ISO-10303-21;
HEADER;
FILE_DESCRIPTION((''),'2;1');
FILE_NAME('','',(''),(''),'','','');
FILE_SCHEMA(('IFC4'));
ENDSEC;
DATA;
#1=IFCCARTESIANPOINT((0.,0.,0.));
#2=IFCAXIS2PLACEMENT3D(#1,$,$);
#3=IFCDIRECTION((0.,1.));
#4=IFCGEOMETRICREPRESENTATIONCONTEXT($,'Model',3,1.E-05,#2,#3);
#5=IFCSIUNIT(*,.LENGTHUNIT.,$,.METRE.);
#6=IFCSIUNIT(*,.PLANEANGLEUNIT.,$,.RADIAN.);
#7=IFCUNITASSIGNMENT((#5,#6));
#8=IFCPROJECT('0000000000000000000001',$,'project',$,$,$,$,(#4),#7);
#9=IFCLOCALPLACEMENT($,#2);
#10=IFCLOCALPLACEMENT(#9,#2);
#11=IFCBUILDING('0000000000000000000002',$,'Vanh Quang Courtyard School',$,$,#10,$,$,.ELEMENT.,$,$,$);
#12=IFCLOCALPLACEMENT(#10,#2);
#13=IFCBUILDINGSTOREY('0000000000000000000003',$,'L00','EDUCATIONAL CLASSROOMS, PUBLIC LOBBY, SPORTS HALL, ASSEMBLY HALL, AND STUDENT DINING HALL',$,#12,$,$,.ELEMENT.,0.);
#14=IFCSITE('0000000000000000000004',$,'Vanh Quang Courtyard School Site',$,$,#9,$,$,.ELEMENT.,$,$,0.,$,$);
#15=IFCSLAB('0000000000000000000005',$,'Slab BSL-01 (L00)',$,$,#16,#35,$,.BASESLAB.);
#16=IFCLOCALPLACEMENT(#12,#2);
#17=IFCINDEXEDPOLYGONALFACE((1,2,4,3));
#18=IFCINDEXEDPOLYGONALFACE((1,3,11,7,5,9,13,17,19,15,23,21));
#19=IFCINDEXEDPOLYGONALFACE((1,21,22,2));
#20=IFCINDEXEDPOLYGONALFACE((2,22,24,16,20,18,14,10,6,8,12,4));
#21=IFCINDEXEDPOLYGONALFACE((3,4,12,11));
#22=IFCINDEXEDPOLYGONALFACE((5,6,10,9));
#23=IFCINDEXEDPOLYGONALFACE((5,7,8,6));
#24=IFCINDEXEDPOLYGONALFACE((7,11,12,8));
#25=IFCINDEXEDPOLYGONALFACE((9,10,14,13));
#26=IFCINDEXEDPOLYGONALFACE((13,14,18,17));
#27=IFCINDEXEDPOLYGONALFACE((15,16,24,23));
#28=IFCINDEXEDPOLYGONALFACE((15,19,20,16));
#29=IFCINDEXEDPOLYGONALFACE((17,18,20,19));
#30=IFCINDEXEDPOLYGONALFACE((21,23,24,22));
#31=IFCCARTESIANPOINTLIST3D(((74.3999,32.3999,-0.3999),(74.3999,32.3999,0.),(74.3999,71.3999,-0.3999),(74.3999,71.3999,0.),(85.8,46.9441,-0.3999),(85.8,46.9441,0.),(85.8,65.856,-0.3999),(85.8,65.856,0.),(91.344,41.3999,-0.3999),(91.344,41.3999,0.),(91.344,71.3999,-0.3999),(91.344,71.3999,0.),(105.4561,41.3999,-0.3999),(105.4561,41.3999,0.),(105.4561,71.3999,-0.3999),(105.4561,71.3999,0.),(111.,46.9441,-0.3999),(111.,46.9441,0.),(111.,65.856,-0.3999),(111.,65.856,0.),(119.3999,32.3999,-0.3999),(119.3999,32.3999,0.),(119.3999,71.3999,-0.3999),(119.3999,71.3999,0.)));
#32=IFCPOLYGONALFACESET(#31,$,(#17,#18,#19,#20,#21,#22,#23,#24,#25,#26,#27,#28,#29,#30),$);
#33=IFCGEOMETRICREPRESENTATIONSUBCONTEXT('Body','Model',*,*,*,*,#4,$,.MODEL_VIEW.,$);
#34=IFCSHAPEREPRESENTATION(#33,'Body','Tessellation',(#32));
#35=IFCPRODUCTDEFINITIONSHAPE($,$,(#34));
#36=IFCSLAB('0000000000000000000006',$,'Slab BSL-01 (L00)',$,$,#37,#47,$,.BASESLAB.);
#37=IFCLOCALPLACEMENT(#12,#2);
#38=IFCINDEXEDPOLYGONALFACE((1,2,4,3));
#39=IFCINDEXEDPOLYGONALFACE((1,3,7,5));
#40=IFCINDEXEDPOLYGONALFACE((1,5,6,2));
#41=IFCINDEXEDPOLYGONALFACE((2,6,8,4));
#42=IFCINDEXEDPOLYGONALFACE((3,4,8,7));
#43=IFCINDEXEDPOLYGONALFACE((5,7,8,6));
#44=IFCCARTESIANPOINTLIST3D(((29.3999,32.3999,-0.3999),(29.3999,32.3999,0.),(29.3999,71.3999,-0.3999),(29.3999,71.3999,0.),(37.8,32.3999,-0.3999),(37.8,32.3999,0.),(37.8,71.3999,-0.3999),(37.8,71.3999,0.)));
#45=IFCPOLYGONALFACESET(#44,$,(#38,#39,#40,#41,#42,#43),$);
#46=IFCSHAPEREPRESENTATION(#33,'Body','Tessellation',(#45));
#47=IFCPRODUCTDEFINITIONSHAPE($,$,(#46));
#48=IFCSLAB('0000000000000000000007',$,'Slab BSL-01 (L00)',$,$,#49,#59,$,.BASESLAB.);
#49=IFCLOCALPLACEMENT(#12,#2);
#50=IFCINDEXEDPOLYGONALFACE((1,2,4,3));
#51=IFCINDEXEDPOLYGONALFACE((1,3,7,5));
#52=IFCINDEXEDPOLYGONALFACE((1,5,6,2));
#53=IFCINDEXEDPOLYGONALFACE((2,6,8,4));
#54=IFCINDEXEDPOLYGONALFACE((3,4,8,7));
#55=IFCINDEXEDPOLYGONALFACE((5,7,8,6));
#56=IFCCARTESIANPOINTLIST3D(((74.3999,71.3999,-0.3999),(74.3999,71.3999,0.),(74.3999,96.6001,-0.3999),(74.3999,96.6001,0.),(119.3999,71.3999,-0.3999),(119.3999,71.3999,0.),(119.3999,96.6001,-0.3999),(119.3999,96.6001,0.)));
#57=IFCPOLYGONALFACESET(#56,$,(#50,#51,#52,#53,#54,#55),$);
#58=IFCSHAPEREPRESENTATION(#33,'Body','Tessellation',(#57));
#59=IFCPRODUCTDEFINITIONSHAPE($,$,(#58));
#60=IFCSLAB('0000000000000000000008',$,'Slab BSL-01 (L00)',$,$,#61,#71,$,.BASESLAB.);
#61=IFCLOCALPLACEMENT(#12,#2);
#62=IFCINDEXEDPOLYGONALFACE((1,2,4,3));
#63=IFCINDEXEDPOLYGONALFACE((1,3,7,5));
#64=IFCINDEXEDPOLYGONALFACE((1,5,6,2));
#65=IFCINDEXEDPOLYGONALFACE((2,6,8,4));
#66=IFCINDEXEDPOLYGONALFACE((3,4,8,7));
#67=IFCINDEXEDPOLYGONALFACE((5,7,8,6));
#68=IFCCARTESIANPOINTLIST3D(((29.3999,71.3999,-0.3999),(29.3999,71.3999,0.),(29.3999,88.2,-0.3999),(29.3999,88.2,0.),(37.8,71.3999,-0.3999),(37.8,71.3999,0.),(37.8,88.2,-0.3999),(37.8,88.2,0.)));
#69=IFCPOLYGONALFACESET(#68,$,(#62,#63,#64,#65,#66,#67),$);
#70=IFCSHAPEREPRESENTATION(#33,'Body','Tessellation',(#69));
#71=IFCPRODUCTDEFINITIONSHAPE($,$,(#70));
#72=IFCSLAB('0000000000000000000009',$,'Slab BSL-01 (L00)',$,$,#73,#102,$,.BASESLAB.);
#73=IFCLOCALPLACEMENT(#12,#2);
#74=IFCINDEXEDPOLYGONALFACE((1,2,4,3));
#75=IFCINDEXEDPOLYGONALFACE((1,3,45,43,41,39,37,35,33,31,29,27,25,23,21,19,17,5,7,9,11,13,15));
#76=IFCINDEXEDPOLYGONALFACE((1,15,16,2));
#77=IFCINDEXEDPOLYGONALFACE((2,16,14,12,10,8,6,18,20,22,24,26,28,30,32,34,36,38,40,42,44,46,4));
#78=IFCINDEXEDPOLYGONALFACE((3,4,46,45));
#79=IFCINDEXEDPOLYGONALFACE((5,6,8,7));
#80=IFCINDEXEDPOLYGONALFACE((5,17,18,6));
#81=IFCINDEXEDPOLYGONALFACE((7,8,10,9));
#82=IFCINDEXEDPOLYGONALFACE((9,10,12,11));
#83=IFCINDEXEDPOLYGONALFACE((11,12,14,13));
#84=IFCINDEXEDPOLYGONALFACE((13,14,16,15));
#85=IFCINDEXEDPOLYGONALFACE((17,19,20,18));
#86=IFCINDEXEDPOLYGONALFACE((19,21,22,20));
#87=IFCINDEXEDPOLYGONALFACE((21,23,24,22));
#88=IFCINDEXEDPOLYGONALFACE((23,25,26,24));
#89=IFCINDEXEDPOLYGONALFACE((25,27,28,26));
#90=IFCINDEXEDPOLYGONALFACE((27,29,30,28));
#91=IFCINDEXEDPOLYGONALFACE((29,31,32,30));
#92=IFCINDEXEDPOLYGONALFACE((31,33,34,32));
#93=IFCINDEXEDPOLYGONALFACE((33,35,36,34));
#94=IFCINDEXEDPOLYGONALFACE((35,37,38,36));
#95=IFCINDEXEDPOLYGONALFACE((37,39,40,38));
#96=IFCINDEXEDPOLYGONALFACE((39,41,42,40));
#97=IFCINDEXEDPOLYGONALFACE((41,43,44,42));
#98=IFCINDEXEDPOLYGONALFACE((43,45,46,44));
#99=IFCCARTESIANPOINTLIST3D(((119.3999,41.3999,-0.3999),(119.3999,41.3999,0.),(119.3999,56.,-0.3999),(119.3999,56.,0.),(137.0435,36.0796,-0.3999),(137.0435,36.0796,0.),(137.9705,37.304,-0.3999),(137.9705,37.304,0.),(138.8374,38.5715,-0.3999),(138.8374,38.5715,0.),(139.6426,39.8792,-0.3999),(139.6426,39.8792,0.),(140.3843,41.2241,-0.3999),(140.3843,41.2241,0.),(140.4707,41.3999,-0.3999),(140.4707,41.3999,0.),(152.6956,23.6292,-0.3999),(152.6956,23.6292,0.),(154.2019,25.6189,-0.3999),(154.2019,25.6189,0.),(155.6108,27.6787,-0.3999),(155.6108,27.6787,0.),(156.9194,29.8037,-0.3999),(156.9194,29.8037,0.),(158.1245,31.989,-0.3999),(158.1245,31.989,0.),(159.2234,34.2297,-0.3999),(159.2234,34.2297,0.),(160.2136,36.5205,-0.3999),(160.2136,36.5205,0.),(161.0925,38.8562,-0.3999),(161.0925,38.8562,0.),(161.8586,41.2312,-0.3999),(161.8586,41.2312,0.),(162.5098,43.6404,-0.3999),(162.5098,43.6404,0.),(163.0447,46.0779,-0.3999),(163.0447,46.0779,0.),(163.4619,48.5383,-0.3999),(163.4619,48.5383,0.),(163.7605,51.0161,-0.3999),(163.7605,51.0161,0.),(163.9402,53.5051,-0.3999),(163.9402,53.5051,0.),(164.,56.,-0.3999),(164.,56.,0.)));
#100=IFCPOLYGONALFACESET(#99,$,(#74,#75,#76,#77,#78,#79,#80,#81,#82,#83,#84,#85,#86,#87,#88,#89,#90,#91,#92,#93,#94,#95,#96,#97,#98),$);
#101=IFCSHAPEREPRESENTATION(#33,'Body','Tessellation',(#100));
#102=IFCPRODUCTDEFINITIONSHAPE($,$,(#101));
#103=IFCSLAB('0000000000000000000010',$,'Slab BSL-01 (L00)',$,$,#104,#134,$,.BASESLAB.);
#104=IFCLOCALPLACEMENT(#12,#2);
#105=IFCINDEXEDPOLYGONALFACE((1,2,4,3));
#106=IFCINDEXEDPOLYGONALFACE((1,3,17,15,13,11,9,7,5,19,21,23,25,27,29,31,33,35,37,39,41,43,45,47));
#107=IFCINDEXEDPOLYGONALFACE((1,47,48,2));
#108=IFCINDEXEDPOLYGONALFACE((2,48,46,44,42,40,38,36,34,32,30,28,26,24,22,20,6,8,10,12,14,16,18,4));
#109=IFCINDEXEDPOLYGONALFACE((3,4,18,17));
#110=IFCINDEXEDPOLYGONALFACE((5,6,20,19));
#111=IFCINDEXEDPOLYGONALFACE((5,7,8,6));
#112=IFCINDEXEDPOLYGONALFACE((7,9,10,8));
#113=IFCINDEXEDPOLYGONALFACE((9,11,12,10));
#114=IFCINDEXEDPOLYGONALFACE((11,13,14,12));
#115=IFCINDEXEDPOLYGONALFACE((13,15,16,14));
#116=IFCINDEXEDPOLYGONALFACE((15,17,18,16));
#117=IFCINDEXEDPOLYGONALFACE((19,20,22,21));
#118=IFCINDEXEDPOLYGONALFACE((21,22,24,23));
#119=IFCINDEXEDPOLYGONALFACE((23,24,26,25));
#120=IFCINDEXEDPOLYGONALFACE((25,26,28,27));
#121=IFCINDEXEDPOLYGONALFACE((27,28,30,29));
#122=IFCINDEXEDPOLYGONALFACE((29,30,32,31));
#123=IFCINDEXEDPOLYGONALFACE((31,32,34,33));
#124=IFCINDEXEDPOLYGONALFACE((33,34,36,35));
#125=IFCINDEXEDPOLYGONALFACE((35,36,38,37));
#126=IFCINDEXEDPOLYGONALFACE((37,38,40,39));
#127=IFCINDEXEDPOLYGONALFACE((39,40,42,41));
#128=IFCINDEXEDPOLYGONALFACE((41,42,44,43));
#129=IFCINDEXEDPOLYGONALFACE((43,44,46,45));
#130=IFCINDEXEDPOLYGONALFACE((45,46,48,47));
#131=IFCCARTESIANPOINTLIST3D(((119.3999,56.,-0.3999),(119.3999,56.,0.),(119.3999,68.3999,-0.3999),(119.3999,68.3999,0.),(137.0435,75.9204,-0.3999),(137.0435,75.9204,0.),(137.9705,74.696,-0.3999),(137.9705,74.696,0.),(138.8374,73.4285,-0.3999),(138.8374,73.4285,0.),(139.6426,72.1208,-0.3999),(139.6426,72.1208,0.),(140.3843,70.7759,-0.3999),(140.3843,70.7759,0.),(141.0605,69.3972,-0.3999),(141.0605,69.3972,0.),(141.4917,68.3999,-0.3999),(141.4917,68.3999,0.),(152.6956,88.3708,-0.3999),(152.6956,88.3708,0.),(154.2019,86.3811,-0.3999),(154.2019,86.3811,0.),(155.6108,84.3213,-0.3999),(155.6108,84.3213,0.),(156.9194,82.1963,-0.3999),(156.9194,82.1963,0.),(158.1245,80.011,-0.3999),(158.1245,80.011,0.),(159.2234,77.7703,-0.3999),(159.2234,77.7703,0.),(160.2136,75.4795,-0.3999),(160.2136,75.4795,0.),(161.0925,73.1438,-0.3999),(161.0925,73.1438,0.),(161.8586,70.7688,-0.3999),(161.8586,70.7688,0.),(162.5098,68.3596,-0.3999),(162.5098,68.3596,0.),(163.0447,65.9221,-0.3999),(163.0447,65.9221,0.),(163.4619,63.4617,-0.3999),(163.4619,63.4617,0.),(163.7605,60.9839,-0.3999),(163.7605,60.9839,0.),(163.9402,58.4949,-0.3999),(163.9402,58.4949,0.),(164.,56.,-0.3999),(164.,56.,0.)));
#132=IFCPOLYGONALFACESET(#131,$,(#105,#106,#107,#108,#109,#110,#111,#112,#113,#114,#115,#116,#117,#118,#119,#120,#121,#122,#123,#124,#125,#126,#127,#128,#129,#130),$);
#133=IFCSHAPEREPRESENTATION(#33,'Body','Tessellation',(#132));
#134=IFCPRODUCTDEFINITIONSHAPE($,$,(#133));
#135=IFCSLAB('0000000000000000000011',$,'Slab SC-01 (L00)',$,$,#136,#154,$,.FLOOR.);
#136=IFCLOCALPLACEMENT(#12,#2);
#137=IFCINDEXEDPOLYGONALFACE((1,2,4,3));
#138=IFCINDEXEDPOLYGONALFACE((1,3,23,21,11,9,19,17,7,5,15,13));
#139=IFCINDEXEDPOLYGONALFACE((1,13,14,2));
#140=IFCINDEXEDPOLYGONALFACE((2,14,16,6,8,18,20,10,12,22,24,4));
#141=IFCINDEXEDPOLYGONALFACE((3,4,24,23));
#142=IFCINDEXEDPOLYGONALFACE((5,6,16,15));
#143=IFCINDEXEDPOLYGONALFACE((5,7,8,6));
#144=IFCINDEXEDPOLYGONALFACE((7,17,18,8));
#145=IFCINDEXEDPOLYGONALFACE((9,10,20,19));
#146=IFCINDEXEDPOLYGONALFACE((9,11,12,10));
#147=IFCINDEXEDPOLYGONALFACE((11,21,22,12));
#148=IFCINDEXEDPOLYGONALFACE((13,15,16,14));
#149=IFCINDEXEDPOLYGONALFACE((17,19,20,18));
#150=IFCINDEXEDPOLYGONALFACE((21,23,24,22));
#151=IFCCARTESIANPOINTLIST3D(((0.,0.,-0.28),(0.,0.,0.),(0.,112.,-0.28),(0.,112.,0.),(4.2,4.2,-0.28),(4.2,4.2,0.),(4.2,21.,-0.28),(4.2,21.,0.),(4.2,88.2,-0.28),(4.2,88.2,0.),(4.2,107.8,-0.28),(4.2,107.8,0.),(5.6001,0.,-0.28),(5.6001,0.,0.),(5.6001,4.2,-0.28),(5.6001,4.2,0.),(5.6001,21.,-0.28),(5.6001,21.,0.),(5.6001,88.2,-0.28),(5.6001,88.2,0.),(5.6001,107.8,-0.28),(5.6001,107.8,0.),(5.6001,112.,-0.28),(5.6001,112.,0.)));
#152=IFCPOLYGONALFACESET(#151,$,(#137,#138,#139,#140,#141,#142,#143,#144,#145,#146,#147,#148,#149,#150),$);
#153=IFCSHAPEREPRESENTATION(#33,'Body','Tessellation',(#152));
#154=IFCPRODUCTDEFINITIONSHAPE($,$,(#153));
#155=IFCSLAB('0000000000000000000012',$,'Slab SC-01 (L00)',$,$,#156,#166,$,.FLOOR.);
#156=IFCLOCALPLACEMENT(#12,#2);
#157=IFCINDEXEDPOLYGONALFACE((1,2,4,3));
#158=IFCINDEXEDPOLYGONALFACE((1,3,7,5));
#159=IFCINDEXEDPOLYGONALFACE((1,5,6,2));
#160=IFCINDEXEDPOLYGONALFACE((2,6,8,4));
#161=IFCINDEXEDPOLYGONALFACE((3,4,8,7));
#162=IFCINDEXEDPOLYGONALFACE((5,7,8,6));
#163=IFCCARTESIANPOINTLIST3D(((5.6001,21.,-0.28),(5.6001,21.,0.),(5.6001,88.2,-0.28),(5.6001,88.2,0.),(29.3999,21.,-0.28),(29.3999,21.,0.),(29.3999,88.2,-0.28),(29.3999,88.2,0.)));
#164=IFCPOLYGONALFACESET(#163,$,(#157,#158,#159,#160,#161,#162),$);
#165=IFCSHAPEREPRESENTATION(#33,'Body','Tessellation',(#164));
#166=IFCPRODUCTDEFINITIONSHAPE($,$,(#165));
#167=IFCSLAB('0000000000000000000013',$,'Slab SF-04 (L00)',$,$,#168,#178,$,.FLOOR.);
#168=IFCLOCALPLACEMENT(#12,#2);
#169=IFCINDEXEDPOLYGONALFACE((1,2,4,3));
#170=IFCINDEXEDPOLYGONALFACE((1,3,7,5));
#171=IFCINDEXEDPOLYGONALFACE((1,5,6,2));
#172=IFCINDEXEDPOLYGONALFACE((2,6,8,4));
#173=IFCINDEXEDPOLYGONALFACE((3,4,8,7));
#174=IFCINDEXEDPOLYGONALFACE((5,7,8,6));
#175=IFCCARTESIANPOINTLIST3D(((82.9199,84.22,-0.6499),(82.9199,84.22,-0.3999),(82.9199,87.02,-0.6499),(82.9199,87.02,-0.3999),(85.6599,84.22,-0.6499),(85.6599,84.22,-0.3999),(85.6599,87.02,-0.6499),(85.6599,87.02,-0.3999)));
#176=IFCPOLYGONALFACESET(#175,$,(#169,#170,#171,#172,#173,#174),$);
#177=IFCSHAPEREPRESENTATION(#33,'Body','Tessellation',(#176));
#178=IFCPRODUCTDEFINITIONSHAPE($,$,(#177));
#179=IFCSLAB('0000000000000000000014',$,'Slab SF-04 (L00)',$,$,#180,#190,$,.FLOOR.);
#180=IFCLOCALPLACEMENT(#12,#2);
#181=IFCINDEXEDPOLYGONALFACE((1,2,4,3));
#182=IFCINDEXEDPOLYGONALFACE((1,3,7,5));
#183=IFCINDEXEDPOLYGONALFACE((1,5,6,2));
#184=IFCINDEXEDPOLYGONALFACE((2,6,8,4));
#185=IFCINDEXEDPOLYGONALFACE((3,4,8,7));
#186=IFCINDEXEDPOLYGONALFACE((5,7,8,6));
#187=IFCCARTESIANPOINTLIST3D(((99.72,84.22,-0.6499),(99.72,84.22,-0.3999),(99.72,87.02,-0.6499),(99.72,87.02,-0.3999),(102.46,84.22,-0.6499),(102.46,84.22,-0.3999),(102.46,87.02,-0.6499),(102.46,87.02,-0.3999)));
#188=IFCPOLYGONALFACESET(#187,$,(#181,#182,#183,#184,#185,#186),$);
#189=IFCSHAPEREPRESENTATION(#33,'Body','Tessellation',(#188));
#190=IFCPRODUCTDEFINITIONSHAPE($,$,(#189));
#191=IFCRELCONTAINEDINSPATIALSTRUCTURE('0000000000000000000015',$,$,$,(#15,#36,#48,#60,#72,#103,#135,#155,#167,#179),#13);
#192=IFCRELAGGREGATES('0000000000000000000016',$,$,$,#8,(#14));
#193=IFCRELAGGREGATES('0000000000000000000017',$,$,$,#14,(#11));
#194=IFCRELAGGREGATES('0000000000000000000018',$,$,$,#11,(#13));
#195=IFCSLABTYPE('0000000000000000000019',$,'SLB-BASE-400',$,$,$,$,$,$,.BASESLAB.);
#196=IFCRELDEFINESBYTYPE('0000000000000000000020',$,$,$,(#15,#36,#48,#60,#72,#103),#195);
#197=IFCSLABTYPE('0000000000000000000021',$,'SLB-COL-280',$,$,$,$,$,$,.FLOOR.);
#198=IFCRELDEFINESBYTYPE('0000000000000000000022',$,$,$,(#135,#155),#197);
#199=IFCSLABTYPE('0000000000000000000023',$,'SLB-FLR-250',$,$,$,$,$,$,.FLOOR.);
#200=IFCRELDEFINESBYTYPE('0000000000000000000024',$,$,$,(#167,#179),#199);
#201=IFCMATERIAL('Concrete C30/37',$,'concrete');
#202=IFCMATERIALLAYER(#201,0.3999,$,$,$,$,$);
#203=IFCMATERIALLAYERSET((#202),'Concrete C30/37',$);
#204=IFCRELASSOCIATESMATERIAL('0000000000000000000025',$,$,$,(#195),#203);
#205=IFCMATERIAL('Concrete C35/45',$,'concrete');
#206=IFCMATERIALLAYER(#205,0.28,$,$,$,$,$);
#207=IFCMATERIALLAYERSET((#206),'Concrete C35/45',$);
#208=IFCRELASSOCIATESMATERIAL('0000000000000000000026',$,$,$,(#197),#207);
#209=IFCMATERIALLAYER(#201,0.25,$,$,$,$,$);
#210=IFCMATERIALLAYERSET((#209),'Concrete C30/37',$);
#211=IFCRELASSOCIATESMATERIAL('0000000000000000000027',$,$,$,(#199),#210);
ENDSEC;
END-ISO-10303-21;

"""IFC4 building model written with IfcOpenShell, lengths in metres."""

from ifc_helpers import new_model, si_unit, direction, frame, origin, place, context, subcontext, project, spatial, polyline, outline, extrude, material, layer, layer_set, type_object, element, save


model = new_model("IFC4")

# Units and contexts
model_context = context("Model", 3, precision=1e-05, world=origin(), true_north=direction((0.0, 1.0)))
body_context = subcontext(model_context, "Body", "Model", "MODEL_VIEW")
ifc_project = project(units=[si_unit("LENGTHUNIT", "METRE"), si_unit("PLANEANGLEUNIT", "RADIAN")], contexts=[model_context])

# Site, building, storey
site_placement = place(None, origin())
site = spatial("IfcSite", under=ifc_project, at=site_placement, Name="Vanh Quang Courtyard School Site", CompositionType="ELEMENT", RefElevation=0.0)
building_placement = place(site_placement, origin())
building = spatial("IfcBuilding", under=site, at=building_placement, Name="Vanh Quang Courtyard School", CompositionType="ELEMENT")
storey_placement = place(building_placement, origin())
storey = spatial("IfcBuildingStorey", under=building, at=storey_placement, Name="L00", Description="EDUCATIONAL CLASSROOMS, PUBLIC LOBBY, SPORTS HALL, ASSEMBLY HALL, AND STUDENT DINING HALL", CompositionType="ELEMENT", Elevation=0.0)

# Shared definitions
ifc_material_1 = material(Name="Concrete C35/45", Category="concrete")

# Shared definitions
ifc_material_2 = material(Name="Concrete C30/37", Category="concrete")

# Slabs
ifc_layer_1 = layer(ifc_material_2, 0.3999)
ifc_layer_set_1 = layer_set([ifc_layer_1], Name="Concrete C30/37")
slab_type_1 = type_object("IfcSlabType", Name="SLB-BASE-400", PredefinedType="BASESLAB", material=ifc_layer_set_1)
slab_1_placement = place(storey_placement, frame((0.0, 0.0, -0.3999)))
element("IfcSlab", 1, at=slab_1_placement, inside=storey, type_object=slab_type_1, Name="Slab BSL-01 (L00)", PredefinedType="BASESLAB", context=body_context, shape_type="SweptSolid", body=[
    extrude(outline(polyline([(74.3999, 32.3999), (119.3999, 32.3999), (119.3999, 71.3999), (105.4561, 71.3999), (111.0, 65.856), (111.0, 46.9441), (105.4561, 41.3999), (91.344, 41.3999), (85.8, 46.9441), (85.8, 65.856), (91.344, 71.3999), (74.3999, 71.3999), (74.3999, 32.3999)])), origin(), (0.0, 0.0, 1.0), 0.3999),
])
slab_2_placement = place(storey_placement, frame((0.0, 0.0, -0.3999)))
element("IfcSlab", 2, at=slab_2_placement, inside=storey, type_object=slab_type_1, Name="Slab BSL-01 (L00)", PredefinedType="BASESLAB", context=body_context, shape_type="SweptSolid", body=[
    extrude(outline(polyline([(29.3999, 71.3999), (29.3999, 32.3999), (37.8, 32.3999), (37.8, 71.3999), (29.3999, 71.3999)])), origin(), (0.0, 0.0, 1.0), 0.3999),
])
slab_3_placement = place(storey_placement, frame((0.0, 0.0, -0.3999)))
element("IfcSlab", 3, at=slab_3_placement, inside=storey, type_object=slab_type_1, Name="Slab BSL-01 (L00)", PredefinedType="BASESLAB", context=body_context, shape_type="SweptSolid", body=[
    extrude(outline(polyline([(119.3999, 71.3999), (119.3999, 96.6001), (74.3999, 96.6001), (74.3999, 71.3999), (119.3999, 71.3999)])), origin(), (0.0, 0.0, 1.0), 0.3999),
])
slab_4_placement = place(storey_placement, frame((0.0, 0.0, -0.3999)))
element("IfcSlab", 4, at=slab_4_placement, inside=storey, type_object=slab_type_1, Name="Slab BSL-01 (L00)", PredefinedType="BASESLAB", context=body_context, shape_type="SweptSolid", body=[
    extrude(outline(polyline([(37.8, 88.2), (29.3999, 88.2), (29.3999, 71.3999), (37.8, 71.3999), (37.8, 88.2)])), origin(), (0.0, 0.0, 1.0), 0.3999),
])
slab_5_placement = place(storey_placement, frame((0.0, 0.0, -0.3999)))
element("IfcSlab", 5, at=slab_5_placement, inside=storey, type_object=slab_type_1, Name="Slab BSL-01 (L00)", PredefinedType="BASESLAB", context=body_context, shape_type="SweptSolid", body=[
    extrude(outline(polyline([(164.0, 56.0), (119.3999, 56.0), (119.3999, 41.3999), (140.4707, 41.3999), (140.3843, 41.2241), (139.6426, 39.8792), (138.8374, 38.5715), (137.9705, 37.304), (137.0435, 36.0796), (152.6956, 23.6292), (154.2019, 25.6189), (155.6108, 27.6787), (156.9194, 29.8037), (158.1245, 31.989), (159.2234, 34.2297), (160.2136, 36.5205), (161.0925, 38.8562), (161.8586, 41.2312), (162.5098, 43.6404), (163.0447, 46.0779), (163.4619, 48.5383), (163.7605, 51.0161), (163.9402, 53.5051), (164.0, 56.0)])), origin(), (0.0, 0.0, 1.0), 0.3999),
])
slab_6_placement = place(storey_placement, frame((0.0, 0.0, -0.3999)))
element("IfcSlab", 6, at=slab_6_placement, inside=storey, type_object=slab_type_1, Name="Slab BSL-01 (L00)", PredefinedType="BASESLAB", context=body_context, shape_type="SweptSolid", body=[
    extrude(outline(polyline([(141.4917, 68.3999), (119.3999, 68.3999), (119.3999, 56.0), (164.0, 56.0), (163.9402, 58.4949), (163.7605, 60.9839), (163.4619, 63.4617), (163.0447, 65.9221), (162.5098, 68.3596), (161.8586, 70.7688), (161.0925, 73.1438), (160.2136, 75.4795), (159.2234, 77.7703), (158.1245, 80.011), (156.9194, 82.1963), (155.6108, 84.3213), (154.2019, 86.3811), (152.6956, 88.3708), (137.0435, 75.9204), (137.9705, 74.696), (138.8374, 73.4285), (139.6426, 72.1208), (140.3843, 70.7759), (141.0605, 69.3972), (141.4917, 68.3999)])), origin(), (0.0, 0.0, 1.0), 0.3999),
])
ifc_layer_2 = layer(ifc_material_1, 0.28)
ifc_layer_set_2 = layer_set([ifc_layer_2], Name="Concrete C35/45")
slab_type_2 = type_object("IfcSlabType", Name="SLB-COL-280", PredefinedType="FLOOR", material=ifc_layer_set_2)
slab_7_placement = place(storey_placement, frame((0.0, 0.0, -0.28)))
element("IfcSlab", 7, at=slab_7_placement, inside=storey, type_object=slab_type_2, Name="Slab SC-01 (L00)", PredefinedType="FLOOR", context=body_context, shape_type="SweptSolid", body=[
    extrude(outline(polyline([(5.6001, 0.0), (5.6001, 4.2), (4.2, 4.2), (4.2, 21.0), (5.6001, 21.0), (5.6001, 88.2), (4.2, 88.2), (4.2, 107.8), (5.6001, 107.8), (5.6001, 112.0), (0.0, 112.0), (0.0, 0.0), (5.6001, 0.0)])), origin(), (0.0, 0.0, 1.0), 0.28),
])
slab_8_placement = place(storey_placement, frame((0.0, 0.0, -0.28)))
element("IfcSlab", 8, at=slab_8_placement, inside=storey, type_object=slab_type_2, Name="Slab SC-01 (L00)", PredefinedType="FLOOR", context=body_context, shape_type="SweptSolid", body=[
    extrude(outline(polyline([(29.3999, 88.2), (5.6001, 88.2), (5.6001, 21.0), (29.3999, 21.0), (29.3999, 88.2)])), origin(), (0.0, 0.0, 1.0), 0.28),
])
ifc_layer_3 = layer(ifc_material_2, 0.25)
ifc_layer_set_3 = layer_set([ifc_layer_3], Name="Concrete C30/37")
slab_type_3 = type_object("IfcSlabType", Name="SLB-FLR-250", PredefinedType="FLOOR", material=ifc_layer_set_3)
slab_9_placement = place(storey_placement, frame((0.0, 0.0, -0.6499)))
element("IfcSlab", 9, at=slab_9_placement, inside=storey, type_object=slab_type_3, Name="Slab SF-04 (L00)", PredefinedType="FLOOR", context=body_context, shape_type="SweptSolid", body=[
    extrude(outline(polyline([(82.9199, 84.22), (85.6599, 84.22), (85.6599, 87.02), (82.9199, 87.02), (82.9199, 84.22)])), origin(), (0.0, 0.0, 1.0), 0.25),
])
slab_10_placement = place(storey_placement, frame((0.0, 0.0, -0.6499)))
element("IfcSlab", 10, at=slab_10_placement, inside=storey, type_object=slab_type_3, Name="Slab SF-04 (L00)", PredefinedType="FLOOR", context=body_context, shape_type="SweptSolid", body=[
    extrude(outline(polyline([(99.72, 84.22), (102.46, 84.22), (102.46, 87.02), (99.72, 87.02), (99.72, 84.22)])), origin(), (0.0, 0.0, 1.0), 0.25),
])

save(model, "model.ifc")
